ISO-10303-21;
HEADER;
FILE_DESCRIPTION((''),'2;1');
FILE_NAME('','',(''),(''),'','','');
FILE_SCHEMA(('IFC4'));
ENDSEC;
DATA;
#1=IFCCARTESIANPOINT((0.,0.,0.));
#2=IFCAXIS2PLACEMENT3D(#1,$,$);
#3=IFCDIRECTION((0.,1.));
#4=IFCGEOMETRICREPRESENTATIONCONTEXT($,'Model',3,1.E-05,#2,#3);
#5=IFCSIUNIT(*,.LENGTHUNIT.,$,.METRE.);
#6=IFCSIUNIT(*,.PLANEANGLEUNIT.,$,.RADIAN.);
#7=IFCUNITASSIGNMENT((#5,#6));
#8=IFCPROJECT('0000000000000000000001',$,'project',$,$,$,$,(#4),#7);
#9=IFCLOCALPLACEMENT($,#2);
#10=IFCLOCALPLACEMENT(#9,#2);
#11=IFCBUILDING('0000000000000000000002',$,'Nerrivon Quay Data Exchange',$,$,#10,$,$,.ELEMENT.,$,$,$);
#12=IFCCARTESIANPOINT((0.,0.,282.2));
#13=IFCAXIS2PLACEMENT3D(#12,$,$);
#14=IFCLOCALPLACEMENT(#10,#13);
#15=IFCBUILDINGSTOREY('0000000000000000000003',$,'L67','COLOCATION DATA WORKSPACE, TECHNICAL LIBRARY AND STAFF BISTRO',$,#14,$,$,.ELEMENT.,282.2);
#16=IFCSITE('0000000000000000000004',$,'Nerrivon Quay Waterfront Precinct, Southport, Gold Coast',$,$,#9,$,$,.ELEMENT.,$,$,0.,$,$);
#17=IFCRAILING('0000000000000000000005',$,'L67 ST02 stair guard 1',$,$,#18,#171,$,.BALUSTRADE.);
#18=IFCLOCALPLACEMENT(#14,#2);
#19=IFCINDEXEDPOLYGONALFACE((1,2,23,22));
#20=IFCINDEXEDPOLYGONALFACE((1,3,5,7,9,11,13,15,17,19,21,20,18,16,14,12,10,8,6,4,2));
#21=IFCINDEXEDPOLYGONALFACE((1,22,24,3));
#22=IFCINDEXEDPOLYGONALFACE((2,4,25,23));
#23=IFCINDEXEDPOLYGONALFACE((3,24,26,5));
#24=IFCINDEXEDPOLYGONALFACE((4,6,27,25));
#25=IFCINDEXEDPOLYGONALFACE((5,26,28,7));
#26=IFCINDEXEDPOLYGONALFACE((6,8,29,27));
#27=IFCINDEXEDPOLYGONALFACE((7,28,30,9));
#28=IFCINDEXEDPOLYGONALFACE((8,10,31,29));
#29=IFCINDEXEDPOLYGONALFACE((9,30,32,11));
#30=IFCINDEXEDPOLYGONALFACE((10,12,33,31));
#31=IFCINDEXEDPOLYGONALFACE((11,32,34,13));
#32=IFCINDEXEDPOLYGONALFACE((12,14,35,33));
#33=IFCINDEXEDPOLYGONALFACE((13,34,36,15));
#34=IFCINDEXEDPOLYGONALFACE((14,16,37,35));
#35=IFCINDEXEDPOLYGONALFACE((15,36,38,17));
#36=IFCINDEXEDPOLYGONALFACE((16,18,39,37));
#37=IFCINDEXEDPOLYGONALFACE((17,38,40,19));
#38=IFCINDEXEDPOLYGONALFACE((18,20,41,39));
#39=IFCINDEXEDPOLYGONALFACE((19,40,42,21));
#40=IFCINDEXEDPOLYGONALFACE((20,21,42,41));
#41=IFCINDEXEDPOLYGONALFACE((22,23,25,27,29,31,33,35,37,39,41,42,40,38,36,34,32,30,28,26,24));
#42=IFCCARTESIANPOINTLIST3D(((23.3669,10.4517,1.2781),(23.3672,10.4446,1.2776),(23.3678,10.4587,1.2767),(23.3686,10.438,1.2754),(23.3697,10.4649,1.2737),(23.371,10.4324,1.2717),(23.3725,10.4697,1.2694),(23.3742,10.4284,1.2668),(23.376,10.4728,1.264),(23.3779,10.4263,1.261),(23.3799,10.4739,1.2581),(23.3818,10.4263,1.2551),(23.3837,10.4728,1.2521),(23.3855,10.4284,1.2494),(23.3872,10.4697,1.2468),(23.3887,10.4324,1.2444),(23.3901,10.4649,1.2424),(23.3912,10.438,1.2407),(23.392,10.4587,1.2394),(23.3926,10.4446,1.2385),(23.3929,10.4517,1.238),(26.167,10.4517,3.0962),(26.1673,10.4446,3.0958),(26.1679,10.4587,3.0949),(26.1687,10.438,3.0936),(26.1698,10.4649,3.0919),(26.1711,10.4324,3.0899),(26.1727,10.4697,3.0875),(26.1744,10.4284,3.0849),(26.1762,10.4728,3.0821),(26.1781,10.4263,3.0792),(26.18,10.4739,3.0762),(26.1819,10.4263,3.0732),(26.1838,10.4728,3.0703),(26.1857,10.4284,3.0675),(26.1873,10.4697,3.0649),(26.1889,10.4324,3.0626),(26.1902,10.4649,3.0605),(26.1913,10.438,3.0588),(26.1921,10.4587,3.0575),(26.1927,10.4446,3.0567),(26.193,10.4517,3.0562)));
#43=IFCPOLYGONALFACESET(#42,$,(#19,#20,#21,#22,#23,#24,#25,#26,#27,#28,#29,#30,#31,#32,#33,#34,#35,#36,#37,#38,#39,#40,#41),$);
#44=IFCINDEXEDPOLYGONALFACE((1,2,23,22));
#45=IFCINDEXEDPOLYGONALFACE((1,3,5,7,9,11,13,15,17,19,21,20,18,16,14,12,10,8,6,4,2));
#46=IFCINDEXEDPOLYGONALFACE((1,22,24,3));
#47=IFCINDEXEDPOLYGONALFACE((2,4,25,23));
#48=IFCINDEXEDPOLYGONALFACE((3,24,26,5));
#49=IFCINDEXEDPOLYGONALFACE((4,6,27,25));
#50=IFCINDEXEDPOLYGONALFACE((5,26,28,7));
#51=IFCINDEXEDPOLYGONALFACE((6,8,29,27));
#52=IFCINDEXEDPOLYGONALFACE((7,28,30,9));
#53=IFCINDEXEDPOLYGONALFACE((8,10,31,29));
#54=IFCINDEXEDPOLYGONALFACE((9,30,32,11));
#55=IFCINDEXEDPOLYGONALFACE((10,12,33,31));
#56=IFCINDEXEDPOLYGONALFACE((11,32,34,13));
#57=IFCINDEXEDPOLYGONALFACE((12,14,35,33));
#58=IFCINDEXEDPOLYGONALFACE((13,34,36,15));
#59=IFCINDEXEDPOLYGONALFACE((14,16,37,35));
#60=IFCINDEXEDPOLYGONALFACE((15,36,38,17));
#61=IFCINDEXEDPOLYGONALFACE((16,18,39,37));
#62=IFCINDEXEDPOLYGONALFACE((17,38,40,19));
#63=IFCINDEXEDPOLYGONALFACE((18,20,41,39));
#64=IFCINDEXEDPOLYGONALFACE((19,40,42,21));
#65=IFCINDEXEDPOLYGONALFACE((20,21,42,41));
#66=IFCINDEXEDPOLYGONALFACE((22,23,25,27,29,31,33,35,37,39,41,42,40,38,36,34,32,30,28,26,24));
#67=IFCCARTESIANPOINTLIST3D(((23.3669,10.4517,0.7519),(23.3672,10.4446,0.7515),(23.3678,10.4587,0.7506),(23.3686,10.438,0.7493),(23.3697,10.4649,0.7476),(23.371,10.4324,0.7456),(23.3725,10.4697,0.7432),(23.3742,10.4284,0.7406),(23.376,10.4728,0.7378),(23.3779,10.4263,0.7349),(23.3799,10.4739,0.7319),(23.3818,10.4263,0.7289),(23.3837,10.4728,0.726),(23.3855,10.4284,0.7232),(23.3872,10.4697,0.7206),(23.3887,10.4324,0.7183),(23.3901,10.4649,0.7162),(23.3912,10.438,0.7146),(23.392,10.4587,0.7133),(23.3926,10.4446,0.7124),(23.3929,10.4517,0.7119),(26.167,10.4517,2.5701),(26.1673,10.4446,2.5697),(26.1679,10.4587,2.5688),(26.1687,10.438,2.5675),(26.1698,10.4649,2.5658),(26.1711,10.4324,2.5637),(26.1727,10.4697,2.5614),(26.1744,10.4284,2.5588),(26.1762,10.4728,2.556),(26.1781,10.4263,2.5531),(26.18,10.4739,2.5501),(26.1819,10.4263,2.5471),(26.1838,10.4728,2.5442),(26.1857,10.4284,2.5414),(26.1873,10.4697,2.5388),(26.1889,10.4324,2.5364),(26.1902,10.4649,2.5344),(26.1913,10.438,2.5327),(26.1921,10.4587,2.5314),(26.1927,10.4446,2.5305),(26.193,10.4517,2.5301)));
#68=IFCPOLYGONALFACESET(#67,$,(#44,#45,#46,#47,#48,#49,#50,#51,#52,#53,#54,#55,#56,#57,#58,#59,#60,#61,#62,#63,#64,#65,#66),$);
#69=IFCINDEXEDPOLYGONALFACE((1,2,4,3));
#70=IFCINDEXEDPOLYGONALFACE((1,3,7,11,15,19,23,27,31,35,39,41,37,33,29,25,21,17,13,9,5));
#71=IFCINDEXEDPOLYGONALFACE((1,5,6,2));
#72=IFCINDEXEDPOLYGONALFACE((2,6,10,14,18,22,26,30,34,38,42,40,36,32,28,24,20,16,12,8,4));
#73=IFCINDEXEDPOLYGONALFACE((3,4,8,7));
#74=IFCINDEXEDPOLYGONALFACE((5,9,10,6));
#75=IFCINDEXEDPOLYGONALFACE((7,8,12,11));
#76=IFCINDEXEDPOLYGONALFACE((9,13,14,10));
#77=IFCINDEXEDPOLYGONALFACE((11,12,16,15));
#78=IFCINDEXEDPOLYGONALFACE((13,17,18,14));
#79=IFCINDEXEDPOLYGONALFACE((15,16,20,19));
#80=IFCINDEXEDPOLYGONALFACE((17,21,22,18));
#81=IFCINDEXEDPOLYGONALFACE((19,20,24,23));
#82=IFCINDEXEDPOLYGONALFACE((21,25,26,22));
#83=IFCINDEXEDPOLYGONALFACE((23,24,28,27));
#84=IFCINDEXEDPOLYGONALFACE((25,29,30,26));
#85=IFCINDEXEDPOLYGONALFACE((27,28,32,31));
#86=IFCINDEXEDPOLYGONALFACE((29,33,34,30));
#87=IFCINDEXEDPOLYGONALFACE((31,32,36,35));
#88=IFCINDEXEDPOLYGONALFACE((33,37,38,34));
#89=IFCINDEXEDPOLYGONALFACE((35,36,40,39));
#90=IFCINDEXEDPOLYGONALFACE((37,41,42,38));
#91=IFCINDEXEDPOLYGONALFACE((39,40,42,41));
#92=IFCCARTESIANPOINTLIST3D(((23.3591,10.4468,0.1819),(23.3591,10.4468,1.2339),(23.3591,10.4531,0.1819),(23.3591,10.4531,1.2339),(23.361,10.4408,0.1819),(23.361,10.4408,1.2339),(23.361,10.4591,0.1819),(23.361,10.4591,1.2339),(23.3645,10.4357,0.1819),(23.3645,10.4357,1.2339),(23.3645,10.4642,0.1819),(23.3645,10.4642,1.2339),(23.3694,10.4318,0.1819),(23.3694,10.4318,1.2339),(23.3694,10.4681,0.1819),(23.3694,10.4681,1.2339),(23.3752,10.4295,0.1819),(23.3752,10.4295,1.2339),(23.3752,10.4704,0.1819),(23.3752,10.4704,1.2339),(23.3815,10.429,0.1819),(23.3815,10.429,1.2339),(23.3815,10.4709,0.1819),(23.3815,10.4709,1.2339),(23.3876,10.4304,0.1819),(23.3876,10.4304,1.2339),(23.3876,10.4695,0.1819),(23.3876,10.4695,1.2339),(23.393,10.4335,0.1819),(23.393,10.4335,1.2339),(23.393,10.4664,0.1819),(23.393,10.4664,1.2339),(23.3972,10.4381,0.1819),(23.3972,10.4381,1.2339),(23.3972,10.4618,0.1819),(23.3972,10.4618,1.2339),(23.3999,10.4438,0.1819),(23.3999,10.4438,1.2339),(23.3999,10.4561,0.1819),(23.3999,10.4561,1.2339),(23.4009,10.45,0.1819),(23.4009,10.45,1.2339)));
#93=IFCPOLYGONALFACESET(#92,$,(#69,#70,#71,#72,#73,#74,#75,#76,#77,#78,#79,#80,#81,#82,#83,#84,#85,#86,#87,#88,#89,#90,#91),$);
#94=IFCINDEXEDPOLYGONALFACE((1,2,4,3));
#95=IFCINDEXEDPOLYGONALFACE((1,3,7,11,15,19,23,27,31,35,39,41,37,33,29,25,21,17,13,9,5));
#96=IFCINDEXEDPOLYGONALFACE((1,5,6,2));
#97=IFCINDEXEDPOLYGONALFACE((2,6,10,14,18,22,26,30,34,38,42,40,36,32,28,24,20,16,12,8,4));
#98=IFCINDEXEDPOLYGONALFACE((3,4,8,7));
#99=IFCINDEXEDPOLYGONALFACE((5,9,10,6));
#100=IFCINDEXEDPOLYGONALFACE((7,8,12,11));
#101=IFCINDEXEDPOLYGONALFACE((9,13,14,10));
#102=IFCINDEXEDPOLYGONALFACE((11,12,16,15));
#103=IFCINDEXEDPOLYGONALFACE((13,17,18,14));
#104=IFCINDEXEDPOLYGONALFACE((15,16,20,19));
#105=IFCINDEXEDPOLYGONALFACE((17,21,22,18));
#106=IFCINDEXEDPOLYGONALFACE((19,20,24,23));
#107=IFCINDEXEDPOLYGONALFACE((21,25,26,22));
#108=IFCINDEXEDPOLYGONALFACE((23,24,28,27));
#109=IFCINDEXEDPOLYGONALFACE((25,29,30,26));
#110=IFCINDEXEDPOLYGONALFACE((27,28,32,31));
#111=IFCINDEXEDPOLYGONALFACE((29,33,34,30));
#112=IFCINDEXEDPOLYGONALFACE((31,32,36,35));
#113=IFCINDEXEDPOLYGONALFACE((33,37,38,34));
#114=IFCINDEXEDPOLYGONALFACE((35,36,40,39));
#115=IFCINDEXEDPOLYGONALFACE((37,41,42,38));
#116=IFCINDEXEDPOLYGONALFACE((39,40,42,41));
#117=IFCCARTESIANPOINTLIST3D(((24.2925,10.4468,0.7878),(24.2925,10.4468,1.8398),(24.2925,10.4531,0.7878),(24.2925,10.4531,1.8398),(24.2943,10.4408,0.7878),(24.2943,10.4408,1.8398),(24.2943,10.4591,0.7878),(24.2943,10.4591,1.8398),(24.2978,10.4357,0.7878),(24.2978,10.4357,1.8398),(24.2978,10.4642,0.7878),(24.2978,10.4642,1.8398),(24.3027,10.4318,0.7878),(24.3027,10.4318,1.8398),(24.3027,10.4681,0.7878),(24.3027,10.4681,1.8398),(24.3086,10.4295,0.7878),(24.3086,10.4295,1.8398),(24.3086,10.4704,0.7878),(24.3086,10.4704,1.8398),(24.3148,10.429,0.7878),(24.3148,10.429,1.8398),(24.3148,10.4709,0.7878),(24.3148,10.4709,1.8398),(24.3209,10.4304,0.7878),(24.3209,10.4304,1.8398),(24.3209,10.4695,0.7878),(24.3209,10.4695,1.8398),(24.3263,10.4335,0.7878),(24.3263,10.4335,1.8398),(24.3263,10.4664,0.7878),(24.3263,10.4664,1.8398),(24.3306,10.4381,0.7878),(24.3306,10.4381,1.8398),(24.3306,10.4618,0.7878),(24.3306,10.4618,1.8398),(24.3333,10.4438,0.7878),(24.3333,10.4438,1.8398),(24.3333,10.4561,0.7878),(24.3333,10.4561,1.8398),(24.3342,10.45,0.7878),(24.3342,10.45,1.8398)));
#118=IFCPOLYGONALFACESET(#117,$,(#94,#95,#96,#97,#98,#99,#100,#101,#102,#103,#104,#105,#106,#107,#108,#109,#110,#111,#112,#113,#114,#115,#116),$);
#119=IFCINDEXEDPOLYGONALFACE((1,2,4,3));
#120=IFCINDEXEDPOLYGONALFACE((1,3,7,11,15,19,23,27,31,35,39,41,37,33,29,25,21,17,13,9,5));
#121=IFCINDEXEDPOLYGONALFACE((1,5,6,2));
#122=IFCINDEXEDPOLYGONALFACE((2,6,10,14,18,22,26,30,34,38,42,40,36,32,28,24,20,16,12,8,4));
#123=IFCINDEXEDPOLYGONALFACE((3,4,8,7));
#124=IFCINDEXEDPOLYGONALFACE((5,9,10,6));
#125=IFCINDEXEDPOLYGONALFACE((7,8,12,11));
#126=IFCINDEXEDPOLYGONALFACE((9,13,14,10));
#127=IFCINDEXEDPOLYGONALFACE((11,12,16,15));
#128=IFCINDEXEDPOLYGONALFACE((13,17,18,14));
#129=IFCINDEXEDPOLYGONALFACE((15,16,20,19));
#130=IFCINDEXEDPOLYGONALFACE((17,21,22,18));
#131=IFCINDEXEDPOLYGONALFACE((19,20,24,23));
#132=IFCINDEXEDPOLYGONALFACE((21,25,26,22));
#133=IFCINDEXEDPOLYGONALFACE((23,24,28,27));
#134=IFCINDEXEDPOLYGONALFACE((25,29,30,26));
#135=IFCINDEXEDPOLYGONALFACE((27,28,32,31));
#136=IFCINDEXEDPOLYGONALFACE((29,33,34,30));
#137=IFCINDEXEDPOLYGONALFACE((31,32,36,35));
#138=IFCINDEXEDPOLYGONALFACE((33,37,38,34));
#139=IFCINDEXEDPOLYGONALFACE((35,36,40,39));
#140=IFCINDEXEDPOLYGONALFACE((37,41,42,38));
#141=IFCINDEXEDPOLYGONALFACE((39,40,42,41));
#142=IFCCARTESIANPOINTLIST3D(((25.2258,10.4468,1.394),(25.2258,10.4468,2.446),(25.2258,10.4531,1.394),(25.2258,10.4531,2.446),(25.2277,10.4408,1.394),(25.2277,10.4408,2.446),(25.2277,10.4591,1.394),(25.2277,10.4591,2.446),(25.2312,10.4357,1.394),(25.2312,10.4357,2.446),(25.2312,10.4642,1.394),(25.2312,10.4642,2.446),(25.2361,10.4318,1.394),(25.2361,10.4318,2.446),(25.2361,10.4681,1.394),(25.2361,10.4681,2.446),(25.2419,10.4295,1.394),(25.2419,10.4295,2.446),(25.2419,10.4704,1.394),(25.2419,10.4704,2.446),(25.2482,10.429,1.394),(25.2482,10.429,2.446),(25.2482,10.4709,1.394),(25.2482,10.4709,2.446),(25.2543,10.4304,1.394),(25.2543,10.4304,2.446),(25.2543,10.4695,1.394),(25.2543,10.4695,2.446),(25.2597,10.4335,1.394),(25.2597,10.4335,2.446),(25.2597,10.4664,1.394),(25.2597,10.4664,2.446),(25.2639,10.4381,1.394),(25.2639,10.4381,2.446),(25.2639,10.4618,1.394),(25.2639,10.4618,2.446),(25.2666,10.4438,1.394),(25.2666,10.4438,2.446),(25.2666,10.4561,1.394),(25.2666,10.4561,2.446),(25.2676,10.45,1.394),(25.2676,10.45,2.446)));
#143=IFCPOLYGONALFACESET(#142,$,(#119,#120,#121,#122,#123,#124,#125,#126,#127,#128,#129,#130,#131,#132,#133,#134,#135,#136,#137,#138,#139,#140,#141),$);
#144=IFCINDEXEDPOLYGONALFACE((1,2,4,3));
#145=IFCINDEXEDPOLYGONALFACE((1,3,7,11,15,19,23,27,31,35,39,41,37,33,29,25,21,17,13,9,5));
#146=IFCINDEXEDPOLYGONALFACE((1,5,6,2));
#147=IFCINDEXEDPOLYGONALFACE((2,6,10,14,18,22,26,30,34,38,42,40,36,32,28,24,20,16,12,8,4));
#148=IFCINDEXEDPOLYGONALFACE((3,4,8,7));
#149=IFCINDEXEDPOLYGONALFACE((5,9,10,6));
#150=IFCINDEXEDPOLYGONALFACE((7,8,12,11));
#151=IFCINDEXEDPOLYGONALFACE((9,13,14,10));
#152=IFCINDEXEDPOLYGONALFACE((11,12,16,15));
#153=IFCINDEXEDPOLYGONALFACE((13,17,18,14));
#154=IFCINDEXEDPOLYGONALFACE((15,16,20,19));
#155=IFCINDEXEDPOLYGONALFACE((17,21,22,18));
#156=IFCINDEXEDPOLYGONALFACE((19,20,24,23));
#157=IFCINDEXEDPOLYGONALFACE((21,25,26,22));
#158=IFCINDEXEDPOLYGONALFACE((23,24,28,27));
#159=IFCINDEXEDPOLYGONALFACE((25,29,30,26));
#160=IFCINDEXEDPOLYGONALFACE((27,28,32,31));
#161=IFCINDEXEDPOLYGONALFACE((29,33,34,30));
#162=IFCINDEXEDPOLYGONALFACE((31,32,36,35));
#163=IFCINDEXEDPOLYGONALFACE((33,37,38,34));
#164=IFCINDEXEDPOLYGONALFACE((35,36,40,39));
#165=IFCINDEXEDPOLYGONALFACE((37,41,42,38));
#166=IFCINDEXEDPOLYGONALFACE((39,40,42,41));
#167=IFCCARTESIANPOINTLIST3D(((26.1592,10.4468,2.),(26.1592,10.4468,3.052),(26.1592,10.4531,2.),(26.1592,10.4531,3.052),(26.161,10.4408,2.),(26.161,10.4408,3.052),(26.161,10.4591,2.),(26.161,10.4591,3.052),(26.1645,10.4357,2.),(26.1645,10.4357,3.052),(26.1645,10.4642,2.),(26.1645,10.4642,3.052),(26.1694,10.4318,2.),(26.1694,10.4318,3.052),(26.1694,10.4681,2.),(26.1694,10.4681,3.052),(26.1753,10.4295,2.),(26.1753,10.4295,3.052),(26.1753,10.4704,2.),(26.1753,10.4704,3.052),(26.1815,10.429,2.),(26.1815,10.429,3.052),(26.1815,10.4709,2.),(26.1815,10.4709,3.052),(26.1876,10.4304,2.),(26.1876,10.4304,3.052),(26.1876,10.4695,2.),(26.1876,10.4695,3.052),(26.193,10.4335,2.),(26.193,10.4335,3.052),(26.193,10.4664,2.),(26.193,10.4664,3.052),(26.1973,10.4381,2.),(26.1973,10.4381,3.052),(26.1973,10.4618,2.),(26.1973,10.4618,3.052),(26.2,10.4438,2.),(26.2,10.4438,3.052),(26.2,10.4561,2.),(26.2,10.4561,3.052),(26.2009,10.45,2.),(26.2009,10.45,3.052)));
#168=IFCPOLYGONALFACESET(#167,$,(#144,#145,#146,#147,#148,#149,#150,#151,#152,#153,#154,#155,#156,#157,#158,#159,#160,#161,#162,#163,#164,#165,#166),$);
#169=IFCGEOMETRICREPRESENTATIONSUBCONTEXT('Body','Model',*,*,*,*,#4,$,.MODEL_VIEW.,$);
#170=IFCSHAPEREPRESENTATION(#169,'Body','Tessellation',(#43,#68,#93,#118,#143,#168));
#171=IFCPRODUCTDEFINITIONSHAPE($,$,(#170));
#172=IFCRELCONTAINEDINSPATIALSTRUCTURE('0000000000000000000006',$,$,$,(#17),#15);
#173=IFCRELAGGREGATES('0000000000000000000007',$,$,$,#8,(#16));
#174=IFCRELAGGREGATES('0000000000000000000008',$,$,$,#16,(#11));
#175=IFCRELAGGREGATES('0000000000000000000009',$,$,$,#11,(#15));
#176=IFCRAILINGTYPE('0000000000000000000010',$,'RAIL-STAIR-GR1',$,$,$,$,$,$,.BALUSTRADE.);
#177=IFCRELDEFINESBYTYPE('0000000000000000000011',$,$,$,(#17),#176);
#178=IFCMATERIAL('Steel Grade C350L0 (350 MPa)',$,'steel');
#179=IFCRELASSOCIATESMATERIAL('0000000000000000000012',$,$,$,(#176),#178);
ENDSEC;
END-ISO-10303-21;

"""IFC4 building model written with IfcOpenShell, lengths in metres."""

from ifc_helpers import new_model, si_unit, direction, frame, origin, origin_2d, place, context, subcontext, project, spatial, circle, extrude, material, type_object, element, save


model = new_model("IFC4")

# Units and contexts
model_context = context("Model", 3, precision=1e-05, world=origin(), true_north=direction((0.0, 1.0)))
body_context = subcontext(model_context, "Body", "Model", "MODEL_VIEW")
ifc_project = project(units=[si_unit("LENGTHUNIT", "METRE"), si_unit("PLANEANGLEUNIT", "RADIAN")], contexts=[model_context])

# Site, building, storey
site_placement = place(None, origin())
site = spatial("IfcSite", under=ifc_project, at=site_placement, Name="Nerrivon Quay Waterfront Precinct, Southport, Gold Coast", CompositionType="ELEMENT", RefElevation=0.0)
building_placement = place(site_placement, origin())
building = spatial("IfcBuilding", under=site, at=building_placement, Name="Nerrivon Quay Data Exchange", CompositionType="ELEMENT")
storey_placement = place(building_placement, frame((0.0, 0.0, 282.2)))
storey = spatial("IfcBuildingStorey", under=building, at=storey_placement, Name="L67", Description="COLOCATION DATA WORKSPACE, TECHNICAL LIBRARY AND STAFF BISTRO", CompositionType="ELEMENT", Elevation=282.2)

# Railing
ifc_material_1 = material(Name="Steel Grade C350L0 (350 MPa)", Category="steel")
railing_type_1 = type_object("IfcRailingType", Name="RAIL-STAIR-GR1", PredefinedType="BALUSTRADE", material=ifc_material_1)
railing_1_placement = place(storey_placement, frame((23.3799, 10.45, 0.1819)))
element("IfcRailing", 1, at=railing_1_placement, inside=storey, type_object=railing_type_1, Name="L67 ST02 stair guard 1", PredefinedType="BALUSTRADE", context=body_context, shape_type="SweptSolid", body=[
    extrude(circle(Radius=0.0239, at=origin_2d()), frame((0.0, 0.0, 1.0762), z_axis=(0.838706, 0.0, 0.544585), x_axis=(0.0, 1.0, 0.0)), (0.0, 0.0, 1.0), 3.3386),
    extrude(circle(Radius=0.0239, at=origin_2d()), frame((0.0, 0.0, 0.55), z_axis=(0.838706, 0.0, 0.544585), x_axis=(0.0, 1.0, 0.0)), (0.0, 0.0, 1.0), 3.3386),
    extrude(circle(Radius=0.021, at=origin_2d()), origin(), (0.0, 0.0, 1.0), 1.052),
    extrude(circle(Radius=0.021, at=origin_2d()), frame((0.9333, 0.0, 0.606)), (0.0, 0.0, 1.0), 1.052),
    extrude(circle(Radius=0.021, at=origin_2d()), frame((1.8667, 0.0, 1.2122)), (0.0, 0.0, 1.0), 1.052),
    extrude(circle(Radius=0.021, at=origin_2d()), frame((2.8, 0.0, 1.8181)), (0.0, 0.0, 1.0), 1.052),
])

save(model, "model.ifc")
